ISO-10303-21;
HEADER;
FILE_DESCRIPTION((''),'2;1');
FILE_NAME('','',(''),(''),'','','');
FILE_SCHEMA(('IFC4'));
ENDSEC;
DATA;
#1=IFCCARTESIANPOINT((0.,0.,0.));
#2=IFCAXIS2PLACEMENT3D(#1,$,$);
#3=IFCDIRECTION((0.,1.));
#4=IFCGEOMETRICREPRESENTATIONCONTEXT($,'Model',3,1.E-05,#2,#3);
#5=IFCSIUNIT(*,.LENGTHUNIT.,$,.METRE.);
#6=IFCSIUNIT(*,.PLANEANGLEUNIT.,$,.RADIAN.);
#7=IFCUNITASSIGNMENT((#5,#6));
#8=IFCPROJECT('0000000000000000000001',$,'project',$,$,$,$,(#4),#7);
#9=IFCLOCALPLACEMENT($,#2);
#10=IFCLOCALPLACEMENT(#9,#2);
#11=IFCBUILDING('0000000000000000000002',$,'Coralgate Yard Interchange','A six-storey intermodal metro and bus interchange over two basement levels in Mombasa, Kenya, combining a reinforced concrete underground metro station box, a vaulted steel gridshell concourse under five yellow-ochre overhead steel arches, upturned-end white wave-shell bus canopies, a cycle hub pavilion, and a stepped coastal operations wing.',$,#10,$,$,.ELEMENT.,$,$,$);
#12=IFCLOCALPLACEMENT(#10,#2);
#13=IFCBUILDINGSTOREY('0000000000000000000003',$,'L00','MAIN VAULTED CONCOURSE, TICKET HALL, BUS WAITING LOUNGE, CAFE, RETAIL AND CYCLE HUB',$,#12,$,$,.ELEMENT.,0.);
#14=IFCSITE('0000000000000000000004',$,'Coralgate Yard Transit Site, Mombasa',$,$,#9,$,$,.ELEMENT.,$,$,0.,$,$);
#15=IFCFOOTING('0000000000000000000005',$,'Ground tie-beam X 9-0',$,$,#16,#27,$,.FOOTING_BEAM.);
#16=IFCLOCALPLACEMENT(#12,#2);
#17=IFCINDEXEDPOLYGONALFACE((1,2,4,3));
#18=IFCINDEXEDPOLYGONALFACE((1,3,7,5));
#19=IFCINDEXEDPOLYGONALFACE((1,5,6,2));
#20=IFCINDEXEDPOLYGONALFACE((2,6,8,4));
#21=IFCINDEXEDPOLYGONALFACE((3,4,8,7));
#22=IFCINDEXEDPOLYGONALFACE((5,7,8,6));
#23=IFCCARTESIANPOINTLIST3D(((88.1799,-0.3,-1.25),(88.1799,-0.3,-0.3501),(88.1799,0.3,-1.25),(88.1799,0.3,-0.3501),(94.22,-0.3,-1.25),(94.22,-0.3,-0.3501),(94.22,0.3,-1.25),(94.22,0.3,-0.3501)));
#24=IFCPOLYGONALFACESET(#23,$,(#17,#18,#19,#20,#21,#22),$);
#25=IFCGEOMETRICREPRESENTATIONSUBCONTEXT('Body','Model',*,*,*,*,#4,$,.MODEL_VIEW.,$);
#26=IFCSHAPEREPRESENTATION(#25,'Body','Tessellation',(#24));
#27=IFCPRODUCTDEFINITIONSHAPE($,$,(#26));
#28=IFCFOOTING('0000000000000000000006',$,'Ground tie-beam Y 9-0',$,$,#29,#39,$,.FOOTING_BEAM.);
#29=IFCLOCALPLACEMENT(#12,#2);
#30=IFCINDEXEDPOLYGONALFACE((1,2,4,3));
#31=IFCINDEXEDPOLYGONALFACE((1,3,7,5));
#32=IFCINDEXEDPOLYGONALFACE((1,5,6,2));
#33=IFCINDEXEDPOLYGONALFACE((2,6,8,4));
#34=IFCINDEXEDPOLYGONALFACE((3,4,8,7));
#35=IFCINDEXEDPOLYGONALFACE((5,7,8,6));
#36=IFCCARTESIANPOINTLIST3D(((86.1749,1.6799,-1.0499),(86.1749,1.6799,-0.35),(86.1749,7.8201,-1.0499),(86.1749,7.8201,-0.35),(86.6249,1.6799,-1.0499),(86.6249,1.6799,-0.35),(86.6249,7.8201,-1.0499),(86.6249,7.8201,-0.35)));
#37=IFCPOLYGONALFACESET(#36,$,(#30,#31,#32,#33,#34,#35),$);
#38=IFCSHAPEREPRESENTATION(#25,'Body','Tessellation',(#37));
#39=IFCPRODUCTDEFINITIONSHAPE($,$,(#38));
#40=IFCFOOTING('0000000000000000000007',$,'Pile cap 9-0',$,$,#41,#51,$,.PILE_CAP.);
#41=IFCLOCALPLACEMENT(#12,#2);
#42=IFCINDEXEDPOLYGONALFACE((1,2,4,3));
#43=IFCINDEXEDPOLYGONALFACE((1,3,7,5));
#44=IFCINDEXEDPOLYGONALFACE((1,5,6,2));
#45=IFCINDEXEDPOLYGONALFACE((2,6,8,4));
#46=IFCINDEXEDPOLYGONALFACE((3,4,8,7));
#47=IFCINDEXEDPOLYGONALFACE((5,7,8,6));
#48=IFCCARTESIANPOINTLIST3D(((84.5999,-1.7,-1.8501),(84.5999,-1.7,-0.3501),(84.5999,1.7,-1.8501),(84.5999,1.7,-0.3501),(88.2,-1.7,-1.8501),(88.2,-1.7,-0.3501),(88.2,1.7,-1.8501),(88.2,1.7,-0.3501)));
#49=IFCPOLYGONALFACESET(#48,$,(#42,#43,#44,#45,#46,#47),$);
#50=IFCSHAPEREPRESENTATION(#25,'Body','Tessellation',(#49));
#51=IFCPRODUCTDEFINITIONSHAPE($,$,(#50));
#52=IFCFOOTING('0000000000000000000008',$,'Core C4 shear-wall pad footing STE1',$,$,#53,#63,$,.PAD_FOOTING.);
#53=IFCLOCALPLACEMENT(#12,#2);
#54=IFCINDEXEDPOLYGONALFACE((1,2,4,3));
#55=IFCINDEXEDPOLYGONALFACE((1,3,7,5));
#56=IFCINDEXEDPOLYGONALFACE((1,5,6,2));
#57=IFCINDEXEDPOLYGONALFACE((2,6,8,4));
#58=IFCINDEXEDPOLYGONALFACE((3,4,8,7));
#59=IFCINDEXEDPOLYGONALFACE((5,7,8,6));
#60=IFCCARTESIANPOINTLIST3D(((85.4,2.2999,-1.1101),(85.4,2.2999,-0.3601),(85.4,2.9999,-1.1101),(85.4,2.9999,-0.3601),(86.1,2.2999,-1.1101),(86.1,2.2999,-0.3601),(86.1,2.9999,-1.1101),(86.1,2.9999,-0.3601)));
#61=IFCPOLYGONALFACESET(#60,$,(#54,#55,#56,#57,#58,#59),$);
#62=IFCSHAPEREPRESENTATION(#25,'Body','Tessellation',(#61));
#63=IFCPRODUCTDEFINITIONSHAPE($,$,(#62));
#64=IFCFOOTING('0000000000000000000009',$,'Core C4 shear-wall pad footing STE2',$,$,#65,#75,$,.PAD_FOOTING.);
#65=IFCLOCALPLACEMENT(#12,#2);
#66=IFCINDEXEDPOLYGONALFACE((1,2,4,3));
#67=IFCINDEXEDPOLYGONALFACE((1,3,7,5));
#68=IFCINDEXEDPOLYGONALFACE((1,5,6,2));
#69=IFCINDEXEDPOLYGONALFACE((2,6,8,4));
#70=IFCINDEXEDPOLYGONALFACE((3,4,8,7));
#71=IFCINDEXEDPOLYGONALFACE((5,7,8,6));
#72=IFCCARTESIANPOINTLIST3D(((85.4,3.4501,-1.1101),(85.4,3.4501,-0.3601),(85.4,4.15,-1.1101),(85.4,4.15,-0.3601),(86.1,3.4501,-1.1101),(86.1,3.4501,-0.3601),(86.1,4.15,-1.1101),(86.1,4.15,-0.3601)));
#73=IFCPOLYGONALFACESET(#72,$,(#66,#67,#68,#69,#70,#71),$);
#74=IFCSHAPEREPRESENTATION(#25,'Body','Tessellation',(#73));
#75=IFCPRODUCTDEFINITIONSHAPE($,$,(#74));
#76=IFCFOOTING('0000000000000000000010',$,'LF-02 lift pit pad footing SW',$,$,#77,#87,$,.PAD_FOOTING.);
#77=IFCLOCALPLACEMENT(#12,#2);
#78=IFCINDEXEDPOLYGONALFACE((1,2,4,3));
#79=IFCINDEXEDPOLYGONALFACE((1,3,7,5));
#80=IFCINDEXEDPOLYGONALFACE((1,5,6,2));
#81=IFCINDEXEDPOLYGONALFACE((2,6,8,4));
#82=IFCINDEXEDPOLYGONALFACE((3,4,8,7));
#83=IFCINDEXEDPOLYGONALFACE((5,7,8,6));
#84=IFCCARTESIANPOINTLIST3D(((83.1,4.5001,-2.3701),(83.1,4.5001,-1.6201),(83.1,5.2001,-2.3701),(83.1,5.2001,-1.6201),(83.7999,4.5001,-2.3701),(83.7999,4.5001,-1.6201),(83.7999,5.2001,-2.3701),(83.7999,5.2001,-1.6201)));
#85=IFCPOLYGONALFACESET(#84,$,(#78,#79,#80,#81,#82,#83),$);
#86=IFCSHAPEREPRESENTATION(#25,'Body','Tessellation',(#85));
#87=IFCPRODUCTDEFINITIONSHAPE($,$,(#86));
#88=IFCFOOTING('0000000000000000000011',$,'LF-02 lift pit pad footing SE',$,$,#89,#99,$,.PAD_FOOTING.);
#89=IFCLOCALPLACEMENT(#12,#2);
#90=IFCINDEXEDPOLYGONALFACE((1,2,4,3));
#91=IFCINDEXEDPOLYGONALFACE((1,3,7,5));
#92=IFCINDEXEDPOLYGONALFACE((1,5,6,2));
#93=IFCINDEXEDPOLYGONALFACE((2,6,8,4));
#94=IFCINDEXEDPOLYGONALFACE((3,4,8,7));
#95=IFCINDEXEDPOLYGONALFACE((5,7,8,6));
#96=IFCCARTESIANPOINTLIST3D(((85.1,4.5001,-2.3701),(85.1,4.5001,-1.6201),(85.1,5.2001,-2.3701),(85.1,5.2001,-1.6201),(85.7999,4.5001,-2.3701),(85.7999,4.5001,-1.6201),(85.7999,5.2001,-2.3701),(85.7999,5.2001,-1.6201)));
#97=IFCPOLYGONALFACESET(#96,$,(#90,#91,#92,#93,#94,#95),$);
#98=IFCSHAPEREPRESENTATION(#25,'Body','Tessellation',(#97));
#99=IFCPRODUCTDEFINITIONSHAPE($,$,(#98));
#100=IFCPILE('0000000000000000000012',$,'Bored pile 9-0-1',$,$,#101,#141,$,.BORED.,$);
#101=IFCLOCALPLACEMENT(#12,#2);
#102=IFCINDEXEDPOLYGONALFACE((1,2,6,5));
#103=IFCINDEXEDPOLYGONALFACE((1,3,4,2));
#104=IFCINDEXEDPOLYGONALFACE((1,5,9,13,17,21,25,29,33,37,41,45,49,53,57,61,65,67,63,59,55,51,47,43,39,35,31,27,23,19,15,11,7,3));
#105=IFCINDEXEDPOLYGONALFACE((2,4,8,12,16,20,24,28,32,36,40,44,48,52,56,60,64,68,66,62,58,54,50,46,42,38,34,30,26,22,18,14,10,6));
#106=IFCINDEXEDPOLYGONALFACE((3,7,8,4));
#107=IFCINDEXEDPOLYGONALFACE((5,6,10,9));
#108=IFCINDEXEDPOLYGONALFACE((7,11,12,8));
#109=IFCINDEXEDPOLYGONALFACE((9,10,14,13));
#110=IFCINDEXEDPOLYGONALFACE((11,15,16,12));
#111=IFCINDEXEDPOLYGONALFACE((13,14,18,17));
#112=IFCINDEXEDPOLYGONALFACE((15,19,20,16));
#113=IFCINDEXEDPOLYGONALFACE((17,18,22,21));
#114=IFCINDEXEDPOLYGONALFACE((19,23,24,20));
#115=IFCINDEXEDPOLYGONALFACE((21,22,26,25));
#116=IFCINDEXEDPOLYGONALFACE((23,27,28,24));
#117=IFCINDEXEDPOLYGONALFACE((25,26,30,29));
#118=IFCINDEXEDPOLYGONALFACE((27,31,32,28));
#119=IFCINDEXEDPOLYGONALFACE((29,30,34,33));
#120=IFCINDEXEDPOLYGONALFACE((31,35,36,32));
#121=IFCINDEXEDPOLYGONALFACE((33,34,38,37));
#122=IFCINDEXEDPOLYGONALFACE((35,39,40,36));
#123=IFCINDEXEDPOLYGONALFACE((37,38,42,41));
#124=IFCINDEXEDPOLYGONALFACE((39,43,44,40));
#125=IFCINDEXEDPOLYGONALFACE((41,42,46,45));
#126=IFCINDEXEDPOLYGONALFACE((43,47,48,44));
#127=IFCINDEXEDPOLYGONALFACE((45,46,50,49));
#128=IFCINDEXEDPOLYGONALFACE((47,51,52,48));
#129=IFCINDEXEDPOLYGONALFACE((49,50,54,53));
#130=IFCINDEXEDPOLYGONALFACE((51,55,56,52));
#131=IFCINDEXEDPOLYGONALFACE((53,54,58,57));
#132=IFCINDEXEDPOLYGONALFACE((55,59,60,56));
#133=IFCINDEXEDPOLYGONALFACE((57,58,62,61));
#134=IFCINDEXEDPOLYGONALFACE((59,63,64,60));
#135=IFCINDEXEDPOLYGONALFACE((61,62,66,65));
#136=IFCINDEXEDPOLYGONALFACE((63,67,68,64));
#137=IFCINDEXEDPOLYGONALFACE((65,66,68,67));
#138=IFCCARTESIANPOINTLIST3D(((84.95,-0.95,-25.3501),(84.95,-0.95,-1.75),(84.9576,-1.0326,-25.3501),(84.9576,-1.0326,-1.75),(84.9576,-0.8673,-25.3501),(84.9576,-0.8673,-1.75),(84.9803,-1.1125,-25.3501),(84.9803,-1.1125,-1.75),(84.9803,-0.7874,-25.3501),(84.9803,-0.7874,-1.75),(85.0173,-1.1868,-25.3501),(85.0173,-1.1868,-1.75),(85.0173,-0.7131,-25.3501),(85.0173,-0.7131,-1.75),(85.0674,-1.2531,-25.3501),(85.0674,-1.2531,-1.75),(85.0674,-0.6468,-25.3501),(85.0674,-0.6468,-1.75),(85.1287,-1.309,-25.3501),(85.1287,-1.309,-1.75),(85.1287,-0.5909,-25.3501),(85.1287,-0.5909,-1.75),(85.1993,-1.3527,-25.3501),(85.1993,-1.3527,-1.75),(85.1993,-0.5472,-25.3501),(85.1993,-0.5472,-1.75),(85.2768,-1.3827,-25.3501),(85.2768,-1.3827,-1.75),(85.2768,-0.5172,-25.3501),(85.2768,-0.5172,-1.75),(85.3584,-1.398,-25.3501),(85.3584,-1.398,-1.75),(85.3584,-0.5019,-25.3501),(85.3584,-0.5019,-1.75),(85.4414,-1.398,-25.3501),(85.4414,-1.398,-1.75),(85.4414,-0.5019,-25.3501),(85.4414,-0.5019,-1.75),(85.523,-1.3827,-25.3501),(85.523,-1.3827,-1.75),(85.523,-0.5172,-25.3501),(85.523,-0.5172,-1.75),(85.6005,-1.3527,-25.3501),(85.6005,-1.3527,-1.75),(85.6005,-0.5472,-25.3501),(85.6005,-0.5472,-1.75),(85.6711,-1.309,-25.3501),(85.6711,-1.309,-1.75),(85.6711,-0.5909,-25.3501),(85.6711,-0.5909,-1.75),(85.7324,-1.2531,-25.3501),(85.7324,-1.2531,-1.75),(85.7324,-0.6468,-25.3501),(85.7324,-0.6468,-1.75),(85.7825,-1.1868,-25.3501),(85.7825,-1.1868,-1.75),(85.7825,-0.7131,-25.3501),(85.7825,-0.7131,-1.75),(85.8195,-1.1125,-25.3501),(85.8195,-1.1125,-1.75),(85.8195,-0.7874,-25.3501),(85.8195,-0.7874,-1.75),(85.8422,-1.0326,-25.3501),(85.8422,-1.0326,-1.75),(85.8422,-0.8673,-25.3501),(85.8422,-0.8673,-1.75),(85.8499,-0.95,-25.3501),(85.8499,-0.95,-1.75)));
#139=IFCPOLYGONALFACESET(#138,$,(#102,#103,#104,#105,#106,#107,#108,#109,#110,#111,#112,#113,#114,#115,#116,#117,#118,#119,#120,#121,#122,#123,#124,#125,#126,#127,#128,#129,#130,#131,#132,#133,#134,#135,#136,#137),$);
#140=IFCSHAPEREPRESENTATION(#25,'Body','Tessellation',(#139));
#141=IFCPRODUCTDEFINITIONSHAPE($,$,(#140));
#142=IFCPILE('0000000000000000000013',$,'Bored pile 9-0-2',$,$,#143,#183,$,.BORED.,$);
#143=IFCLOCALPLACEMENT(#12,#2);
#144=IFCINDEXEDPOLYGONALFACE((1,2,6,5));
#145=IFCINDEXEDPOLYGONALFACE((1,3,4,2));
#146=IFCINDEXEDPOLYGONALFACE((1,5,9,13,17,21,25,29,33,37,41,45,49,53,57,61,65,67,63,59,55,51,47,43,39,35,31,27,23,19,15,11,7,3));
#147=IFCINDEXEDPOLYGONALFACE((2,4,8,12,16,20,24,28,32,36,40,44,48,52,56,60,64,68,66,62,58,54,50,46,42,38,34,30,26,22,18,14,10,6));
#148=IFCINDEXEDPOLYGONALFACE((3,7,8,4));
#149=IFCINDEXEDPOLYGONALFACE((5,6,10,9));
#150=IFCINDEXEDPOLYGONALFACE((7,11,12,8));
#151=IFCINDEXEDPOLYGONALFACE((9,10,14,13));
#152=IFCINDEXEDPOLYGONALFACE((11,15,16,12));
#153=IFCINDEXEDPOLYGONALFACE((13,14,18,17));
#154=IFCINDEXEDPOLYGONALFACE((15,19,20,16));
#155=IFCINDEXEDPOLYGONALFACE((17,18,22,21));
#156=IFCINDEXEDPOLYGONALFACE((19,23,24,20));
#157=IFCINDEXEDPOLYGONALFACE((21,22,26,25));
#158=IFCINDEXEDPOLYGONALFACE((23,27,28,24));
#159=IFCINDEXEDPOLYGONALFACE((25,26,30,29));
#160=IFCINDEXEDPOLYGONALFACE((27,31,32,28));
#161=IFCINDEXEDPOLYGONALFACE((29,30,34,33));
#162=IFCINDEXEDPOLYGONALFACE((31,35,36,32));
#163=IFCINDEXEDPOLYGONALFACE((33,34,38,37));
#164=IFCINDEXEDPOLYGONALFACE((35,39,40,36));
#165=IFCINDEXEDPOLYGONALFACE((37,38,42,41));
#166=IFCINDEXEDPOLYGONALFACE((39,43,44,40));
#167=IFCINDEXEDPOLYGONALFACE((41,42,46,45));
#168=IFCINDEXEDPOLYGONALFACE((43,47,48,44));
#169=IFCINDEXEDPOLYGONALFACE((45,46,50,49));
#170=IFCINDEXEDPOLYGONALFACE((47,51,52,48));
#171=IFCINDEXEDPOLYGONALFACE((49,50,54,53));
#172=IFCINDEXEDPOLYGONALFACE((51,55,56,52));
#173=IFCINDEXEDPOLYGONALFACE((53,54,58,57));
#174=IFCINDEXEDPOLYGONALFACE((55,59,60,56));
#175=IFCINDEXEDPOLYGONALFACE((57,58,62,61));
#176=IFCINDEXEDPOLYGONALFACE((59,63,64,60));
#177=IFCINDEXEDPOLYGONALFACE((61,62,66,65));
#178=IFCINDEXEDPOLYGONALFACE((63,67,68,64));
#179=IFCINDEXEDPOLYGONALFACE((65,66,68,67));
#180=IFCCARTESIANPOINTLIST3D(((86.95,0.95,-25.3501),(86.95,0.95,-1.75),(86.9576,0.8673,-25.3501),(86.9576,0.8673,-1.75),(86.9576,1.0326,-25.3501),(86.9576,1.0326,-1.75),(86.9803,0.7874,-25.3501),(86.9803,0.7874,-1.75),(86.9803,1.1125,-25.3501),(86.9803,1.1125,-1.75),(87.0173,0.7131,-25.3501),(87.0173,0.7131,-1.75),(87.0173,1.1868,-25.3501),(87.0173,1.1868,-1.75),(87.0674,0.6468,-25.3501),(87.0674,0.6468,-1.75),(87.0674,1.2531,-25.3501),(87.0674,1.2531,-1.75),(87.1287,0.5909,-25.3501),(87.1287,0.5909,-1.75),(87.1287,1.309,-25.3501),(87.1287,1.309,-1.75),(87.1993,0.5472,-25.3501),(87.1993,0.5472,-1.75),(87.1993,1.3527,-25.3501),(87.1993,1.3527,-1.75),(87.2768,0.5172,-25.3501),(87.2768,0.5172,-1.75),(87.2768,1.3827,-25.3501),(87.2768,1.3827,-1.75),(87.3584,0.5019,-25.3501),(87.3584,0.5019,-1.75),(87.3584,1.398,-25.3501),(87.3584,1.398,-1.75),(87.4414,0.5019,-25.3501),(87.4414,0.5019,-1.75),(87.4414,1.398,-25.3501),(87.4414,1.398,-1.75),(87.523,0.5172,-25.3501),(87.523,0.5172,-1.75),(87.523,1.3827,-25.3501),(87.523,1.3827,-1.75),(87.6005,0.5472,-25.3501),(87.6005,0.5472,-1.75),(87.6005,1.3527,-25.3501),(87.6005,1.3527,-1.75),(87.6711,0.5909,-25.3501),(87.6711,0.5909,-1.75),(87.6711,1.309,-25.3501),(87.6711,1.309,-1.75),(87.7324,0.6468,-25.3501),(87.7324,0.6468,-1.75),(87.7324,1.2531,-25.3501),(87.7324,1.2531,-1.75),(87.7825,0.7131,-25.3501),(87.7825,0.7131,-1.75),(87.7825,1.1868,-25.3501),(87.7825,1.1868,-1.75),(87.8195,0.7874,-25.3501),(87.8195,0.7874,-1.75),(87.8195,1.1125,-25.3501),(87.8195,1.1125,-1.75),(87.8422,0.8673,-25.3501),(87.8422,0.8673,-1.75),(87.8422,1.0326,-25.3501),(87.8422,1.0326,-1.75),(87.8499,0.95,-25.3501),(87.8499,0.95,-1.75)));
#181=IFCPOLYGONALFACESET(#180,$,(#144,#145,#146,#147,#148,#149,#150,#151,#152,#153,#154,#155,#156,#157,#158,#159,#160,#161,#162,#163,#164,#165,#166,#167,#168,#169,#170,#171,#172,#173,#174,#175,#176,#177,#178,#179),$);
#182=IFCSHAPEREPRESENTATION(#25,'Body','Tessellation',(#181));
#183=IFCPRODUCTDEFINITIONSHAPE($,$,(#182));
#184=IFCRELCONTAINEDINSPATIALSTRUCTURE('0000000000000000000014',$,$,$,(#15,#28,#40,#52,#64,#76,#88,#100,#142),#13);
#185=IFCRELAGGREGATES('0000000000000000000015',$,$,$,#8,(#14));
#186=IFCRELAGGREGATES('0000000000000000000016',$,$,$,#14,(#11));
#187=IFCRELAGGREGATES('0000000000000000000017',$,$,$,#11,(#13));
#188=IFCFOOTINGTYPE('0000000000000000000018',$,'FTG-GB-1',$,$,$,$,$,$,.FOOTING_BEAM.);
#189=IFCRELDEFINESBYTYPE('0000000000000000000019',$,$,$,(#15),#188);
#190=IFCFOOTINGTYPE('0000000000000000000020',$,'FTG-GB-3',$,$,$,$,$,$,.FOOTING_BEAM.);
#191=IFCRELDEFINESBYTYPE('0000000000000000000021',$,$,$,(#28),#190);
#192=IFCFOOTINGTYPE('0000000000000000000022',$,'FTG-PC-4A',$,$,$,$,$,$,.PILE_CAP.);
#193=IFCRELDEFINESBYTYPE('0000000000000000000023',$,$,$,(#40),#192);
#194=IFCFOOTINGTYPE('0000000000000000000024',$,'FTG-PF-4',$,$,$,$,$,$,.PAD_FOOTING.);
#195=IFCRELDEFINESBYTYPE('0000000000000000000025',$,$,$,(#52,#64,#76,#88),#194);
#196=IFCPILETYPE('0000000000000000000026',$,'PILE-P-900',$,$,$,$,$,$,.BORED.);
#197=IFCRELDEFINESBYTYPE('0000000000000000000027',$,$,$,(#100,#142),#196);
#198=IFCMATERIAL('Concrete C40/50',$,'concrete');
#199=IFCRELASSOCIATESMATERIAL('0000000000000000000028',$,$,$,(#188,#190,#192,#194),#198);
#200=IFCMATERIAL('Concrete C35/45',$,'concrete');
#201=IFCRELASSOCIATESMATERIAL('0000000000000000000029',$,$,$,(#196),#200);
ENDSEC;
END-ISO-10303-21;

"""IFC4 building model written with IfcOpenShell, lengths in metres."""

from ifc_helpers import new_model, si_unit, direction, frame, origin, origin_2d, place, context, subcontext, project, spatial, rectangle, circle, extrude, material, material_profile, profile_set, type_object, element, save


model = new_model("IFC4")

# Units and contexts
model_context = context("Model", 3, precision=1e-05, world=origin(), true_north=direction((0.0, 1.0)))
body_context = subcontext(model_context, "Body", "Model", "MODEL_VIEW")
ifc_project = project(units=[si_unit("LENGTHUNIT", "METRE"), si_unit("PLANEANGLEUNIT", "RADIAN")], contexts=[model_context])

# Site, building, storey
site_placement = place(None, origin())
site = spatial("IfcSite", under=ifc_project, at=site_placement, Name="Coralgate Yard Transit Site, Mombasa", CompositionType="ELEMENT", RefElevation=0.0)
building_placement = place(site_placement, origin())
building = spatial("IfcBuilding", under=site, at=building_placement, Name="Coralgate Yard Interchange", Description="A six-storey intermodal metro and bus interchange over two basement levels in Mombasa, Kenya, combining a reinforced concrete underground metro station box, a vaulted steel gridshell concourse under five yellow-ochre overhead steel arches, upturned-end white wave-shell bus canopies, a cycle hub pavilion, and a stepped coastal operations wing.", CompositionType="ELEMENT")
storey_placement = place(building_placement, origin())
storey = spatial("IfcBuildingStorey", under=building, at=storey_placement, Name="L00", Description="MAIN VAULTED CONCOURSE, TICKET HALL, BUS WAITING LOUNGE, CAFE, RETAIL AND CYCLE HUB", CompositionType="ELEMENT", Elevation=0.0)

# Footings
ifc_material_1 = material(Name="Concrete C40/50", Category="concrete")
ifc_material_profile_1 = material_profile(ifc_material_1, rectangle(XDim=0.6001, YDim=0.8999, at=origin_2d()), Name="RC 600x900")
ifc_profile_set_1 = profile_set([ifc_material_profile_1], Name="Concrete C40/50")
footing_type_1 = type_object("IfcFootingType", Name="FTG-GB-1", PredefinedType="FOOTING_BEAM", material=ifc_profile_set_1)
footing_1_placement = place(storey_placement, frame((88.1799, 0.0, -0.8), z_axis=(1.0, 0.0, 0.0), x_axis=(0.0, 1.0, 0.0)))
element("IfcFooting", 1, at=footing_1_placement, inside=storey, type_object=footing_type_1, Name="Ground tie-beam X 9-0", PredefinedType="FOOTING_BEAM", context=body_context, shape_type="SweptSolid", body=[
    extrude(rectangle(XDim=0.6001, YDim=0.8999, at=origin_2d()), origin(), (0.0, 0.0, 1.0), 6.04),
])
ifc_material_profile_2 = material_profile(ifc_material_1, rectangle(XDim=0.45, YDim=0.7, at=origin_2d()), Name="RC 450x700")
ifc_profile_set_2 = profile_set([ifc_material_profile_2], Name="Concrete C40/50")
footing_type_2 = type_object("IfcFootingType", Name="FTG-GB-3", PredefinedType="FOOTING_BEAM", material=ifc_profile_set_2)
footing_2_placement = place(storey_placement, frame((86.3999, 1.6799, -0.7), z_axis=(0.0, 1.0, 0.0), x_axis=(-1.0, 0.0, 0.0)))
element("IfcFooting", 2, at=footing_2_placement, inside=storey, type_object=footing_type_2, Name="Ground tie-beam Y 9-0", PredefinedType="FOOTING_BEAM", context=body_context, shape_type="SweptSolid", body=[
    extrude(rectangle(XDim=0.45, YDim=0.7, at=origin_2d()), origin(), (0.0, 0.0, 1.0), 6.1401),
])
footing_type_3 = type_object("IfcFootingType", Name="FTG-PC-4A", PredefinedType="PILE_CAP", material=ifc_material_1)
footing_3_placement = place(storey_placement, frame((86.3999, 0.0, -1.8501), z_axis=(0.0, 0.0, 1.0), x_axis=(1.0, 0.0, 0.0)))
element("IfcFooting", 3, at=footing_3_placement, inside=storey, type_object=footing_type_3, Name="Pile cap 9-0", PredefinedType="PILE_CAP", context=body_context, shape_type="SweptSolid", body=[
    extrude(rectangle(XDim=3.6001, YDim=3.3999, at=origin_2d()), origin(), (0.0, 0.0, 1.0), 1.5),
])
footing_type_4 = type_object("IfcFootingType", Name="FTG-PF-4", PredefinedType="PAD_FOOTING", material=ifc_material_1)
for number, where, z_axis, x_axis, name in (
    (4, (85.75, 2.6499, -1.1101), (0.0, 0.0, 1.0), (1.0, 0.0, 0.0), "Core C4 shear-wall pad footing STE1"),
    (5, (85.75, 3.8, -1.1101), (0.0, 0.0, 1.0), (1.0, 0.0, 0.0), "Core C4 shear-wall pad footing STE2"),
    (6, (83.45, 4.8501, -2.3701), (0.0, 0.0, 1.0), (1.0, 0.0, 0.0), "LF-02 lift pit pad footing SW"),
    (7, (85.45, 4.8501, -2.3701), (0.0, 0.0, 1.0), (1.0, 0.0, 0.0), "LF-02 lift pit pad footing SE"),
):
    element("IfcFooting", number, at=place(storey_placement, frame(where, z_axis=z_axis, x_axis=x_axis)), inside=storey, type_object=footing_type_4, Name=name, PredefinedType="PAD_FOOTING", context=body_context, shape_type="SweptSolid", body=[
        extrude(rectangle(XDim=0.7, YDim=0.7, at=origin_2d()), origin(), (0.0, 0.0, 1.0), 0.75),
    ])

# Piles
ifc_material_2 = material(Name="Concrete C35/45", Category="concrete")
ifc_material_profile_3 = material_profile(ifc_material_2, circle(Radius=0.45, at=origin_2d()), Name="BORED PILE D900")
ifc_profile_set_3 = profile_set([ifc_material_profile_3], Name="Concrete C35/45")
pile_type = type_object("IfcPileType", Name="PILE-P-900", PredefinedType="BORED", material=ifc_profile_set_3)
for number, where, z_axis, x_axis, name in (
    (8, (85.3999, -0.95, -1.75), (0.0, 0.0, -1.0), (1.0, 0.0, 0.0), "Bored pile 9-0-1"),
    (9, (87.3999, 0.95, -1.75), (0.0, 0.0, -1.0), (1.0, 0.0, 0.0), "Bored pile 9-0-2"),
):
    element("IfcPile", number, at=place(storey_placement, frame(where, z_axis=z_axis, x_axis=x_axis)), inside=storey, type_object=pile_type, Name=name, PredefinedType="BORED", context=body_context, shape_type="SweptSolid", body=[
        extrude(circle(Radius=0.45, at=origin_2d()), origin(), (0.0, 0.0, 1.0), 23.6001),
    ])

save(model, "model.ifc")
